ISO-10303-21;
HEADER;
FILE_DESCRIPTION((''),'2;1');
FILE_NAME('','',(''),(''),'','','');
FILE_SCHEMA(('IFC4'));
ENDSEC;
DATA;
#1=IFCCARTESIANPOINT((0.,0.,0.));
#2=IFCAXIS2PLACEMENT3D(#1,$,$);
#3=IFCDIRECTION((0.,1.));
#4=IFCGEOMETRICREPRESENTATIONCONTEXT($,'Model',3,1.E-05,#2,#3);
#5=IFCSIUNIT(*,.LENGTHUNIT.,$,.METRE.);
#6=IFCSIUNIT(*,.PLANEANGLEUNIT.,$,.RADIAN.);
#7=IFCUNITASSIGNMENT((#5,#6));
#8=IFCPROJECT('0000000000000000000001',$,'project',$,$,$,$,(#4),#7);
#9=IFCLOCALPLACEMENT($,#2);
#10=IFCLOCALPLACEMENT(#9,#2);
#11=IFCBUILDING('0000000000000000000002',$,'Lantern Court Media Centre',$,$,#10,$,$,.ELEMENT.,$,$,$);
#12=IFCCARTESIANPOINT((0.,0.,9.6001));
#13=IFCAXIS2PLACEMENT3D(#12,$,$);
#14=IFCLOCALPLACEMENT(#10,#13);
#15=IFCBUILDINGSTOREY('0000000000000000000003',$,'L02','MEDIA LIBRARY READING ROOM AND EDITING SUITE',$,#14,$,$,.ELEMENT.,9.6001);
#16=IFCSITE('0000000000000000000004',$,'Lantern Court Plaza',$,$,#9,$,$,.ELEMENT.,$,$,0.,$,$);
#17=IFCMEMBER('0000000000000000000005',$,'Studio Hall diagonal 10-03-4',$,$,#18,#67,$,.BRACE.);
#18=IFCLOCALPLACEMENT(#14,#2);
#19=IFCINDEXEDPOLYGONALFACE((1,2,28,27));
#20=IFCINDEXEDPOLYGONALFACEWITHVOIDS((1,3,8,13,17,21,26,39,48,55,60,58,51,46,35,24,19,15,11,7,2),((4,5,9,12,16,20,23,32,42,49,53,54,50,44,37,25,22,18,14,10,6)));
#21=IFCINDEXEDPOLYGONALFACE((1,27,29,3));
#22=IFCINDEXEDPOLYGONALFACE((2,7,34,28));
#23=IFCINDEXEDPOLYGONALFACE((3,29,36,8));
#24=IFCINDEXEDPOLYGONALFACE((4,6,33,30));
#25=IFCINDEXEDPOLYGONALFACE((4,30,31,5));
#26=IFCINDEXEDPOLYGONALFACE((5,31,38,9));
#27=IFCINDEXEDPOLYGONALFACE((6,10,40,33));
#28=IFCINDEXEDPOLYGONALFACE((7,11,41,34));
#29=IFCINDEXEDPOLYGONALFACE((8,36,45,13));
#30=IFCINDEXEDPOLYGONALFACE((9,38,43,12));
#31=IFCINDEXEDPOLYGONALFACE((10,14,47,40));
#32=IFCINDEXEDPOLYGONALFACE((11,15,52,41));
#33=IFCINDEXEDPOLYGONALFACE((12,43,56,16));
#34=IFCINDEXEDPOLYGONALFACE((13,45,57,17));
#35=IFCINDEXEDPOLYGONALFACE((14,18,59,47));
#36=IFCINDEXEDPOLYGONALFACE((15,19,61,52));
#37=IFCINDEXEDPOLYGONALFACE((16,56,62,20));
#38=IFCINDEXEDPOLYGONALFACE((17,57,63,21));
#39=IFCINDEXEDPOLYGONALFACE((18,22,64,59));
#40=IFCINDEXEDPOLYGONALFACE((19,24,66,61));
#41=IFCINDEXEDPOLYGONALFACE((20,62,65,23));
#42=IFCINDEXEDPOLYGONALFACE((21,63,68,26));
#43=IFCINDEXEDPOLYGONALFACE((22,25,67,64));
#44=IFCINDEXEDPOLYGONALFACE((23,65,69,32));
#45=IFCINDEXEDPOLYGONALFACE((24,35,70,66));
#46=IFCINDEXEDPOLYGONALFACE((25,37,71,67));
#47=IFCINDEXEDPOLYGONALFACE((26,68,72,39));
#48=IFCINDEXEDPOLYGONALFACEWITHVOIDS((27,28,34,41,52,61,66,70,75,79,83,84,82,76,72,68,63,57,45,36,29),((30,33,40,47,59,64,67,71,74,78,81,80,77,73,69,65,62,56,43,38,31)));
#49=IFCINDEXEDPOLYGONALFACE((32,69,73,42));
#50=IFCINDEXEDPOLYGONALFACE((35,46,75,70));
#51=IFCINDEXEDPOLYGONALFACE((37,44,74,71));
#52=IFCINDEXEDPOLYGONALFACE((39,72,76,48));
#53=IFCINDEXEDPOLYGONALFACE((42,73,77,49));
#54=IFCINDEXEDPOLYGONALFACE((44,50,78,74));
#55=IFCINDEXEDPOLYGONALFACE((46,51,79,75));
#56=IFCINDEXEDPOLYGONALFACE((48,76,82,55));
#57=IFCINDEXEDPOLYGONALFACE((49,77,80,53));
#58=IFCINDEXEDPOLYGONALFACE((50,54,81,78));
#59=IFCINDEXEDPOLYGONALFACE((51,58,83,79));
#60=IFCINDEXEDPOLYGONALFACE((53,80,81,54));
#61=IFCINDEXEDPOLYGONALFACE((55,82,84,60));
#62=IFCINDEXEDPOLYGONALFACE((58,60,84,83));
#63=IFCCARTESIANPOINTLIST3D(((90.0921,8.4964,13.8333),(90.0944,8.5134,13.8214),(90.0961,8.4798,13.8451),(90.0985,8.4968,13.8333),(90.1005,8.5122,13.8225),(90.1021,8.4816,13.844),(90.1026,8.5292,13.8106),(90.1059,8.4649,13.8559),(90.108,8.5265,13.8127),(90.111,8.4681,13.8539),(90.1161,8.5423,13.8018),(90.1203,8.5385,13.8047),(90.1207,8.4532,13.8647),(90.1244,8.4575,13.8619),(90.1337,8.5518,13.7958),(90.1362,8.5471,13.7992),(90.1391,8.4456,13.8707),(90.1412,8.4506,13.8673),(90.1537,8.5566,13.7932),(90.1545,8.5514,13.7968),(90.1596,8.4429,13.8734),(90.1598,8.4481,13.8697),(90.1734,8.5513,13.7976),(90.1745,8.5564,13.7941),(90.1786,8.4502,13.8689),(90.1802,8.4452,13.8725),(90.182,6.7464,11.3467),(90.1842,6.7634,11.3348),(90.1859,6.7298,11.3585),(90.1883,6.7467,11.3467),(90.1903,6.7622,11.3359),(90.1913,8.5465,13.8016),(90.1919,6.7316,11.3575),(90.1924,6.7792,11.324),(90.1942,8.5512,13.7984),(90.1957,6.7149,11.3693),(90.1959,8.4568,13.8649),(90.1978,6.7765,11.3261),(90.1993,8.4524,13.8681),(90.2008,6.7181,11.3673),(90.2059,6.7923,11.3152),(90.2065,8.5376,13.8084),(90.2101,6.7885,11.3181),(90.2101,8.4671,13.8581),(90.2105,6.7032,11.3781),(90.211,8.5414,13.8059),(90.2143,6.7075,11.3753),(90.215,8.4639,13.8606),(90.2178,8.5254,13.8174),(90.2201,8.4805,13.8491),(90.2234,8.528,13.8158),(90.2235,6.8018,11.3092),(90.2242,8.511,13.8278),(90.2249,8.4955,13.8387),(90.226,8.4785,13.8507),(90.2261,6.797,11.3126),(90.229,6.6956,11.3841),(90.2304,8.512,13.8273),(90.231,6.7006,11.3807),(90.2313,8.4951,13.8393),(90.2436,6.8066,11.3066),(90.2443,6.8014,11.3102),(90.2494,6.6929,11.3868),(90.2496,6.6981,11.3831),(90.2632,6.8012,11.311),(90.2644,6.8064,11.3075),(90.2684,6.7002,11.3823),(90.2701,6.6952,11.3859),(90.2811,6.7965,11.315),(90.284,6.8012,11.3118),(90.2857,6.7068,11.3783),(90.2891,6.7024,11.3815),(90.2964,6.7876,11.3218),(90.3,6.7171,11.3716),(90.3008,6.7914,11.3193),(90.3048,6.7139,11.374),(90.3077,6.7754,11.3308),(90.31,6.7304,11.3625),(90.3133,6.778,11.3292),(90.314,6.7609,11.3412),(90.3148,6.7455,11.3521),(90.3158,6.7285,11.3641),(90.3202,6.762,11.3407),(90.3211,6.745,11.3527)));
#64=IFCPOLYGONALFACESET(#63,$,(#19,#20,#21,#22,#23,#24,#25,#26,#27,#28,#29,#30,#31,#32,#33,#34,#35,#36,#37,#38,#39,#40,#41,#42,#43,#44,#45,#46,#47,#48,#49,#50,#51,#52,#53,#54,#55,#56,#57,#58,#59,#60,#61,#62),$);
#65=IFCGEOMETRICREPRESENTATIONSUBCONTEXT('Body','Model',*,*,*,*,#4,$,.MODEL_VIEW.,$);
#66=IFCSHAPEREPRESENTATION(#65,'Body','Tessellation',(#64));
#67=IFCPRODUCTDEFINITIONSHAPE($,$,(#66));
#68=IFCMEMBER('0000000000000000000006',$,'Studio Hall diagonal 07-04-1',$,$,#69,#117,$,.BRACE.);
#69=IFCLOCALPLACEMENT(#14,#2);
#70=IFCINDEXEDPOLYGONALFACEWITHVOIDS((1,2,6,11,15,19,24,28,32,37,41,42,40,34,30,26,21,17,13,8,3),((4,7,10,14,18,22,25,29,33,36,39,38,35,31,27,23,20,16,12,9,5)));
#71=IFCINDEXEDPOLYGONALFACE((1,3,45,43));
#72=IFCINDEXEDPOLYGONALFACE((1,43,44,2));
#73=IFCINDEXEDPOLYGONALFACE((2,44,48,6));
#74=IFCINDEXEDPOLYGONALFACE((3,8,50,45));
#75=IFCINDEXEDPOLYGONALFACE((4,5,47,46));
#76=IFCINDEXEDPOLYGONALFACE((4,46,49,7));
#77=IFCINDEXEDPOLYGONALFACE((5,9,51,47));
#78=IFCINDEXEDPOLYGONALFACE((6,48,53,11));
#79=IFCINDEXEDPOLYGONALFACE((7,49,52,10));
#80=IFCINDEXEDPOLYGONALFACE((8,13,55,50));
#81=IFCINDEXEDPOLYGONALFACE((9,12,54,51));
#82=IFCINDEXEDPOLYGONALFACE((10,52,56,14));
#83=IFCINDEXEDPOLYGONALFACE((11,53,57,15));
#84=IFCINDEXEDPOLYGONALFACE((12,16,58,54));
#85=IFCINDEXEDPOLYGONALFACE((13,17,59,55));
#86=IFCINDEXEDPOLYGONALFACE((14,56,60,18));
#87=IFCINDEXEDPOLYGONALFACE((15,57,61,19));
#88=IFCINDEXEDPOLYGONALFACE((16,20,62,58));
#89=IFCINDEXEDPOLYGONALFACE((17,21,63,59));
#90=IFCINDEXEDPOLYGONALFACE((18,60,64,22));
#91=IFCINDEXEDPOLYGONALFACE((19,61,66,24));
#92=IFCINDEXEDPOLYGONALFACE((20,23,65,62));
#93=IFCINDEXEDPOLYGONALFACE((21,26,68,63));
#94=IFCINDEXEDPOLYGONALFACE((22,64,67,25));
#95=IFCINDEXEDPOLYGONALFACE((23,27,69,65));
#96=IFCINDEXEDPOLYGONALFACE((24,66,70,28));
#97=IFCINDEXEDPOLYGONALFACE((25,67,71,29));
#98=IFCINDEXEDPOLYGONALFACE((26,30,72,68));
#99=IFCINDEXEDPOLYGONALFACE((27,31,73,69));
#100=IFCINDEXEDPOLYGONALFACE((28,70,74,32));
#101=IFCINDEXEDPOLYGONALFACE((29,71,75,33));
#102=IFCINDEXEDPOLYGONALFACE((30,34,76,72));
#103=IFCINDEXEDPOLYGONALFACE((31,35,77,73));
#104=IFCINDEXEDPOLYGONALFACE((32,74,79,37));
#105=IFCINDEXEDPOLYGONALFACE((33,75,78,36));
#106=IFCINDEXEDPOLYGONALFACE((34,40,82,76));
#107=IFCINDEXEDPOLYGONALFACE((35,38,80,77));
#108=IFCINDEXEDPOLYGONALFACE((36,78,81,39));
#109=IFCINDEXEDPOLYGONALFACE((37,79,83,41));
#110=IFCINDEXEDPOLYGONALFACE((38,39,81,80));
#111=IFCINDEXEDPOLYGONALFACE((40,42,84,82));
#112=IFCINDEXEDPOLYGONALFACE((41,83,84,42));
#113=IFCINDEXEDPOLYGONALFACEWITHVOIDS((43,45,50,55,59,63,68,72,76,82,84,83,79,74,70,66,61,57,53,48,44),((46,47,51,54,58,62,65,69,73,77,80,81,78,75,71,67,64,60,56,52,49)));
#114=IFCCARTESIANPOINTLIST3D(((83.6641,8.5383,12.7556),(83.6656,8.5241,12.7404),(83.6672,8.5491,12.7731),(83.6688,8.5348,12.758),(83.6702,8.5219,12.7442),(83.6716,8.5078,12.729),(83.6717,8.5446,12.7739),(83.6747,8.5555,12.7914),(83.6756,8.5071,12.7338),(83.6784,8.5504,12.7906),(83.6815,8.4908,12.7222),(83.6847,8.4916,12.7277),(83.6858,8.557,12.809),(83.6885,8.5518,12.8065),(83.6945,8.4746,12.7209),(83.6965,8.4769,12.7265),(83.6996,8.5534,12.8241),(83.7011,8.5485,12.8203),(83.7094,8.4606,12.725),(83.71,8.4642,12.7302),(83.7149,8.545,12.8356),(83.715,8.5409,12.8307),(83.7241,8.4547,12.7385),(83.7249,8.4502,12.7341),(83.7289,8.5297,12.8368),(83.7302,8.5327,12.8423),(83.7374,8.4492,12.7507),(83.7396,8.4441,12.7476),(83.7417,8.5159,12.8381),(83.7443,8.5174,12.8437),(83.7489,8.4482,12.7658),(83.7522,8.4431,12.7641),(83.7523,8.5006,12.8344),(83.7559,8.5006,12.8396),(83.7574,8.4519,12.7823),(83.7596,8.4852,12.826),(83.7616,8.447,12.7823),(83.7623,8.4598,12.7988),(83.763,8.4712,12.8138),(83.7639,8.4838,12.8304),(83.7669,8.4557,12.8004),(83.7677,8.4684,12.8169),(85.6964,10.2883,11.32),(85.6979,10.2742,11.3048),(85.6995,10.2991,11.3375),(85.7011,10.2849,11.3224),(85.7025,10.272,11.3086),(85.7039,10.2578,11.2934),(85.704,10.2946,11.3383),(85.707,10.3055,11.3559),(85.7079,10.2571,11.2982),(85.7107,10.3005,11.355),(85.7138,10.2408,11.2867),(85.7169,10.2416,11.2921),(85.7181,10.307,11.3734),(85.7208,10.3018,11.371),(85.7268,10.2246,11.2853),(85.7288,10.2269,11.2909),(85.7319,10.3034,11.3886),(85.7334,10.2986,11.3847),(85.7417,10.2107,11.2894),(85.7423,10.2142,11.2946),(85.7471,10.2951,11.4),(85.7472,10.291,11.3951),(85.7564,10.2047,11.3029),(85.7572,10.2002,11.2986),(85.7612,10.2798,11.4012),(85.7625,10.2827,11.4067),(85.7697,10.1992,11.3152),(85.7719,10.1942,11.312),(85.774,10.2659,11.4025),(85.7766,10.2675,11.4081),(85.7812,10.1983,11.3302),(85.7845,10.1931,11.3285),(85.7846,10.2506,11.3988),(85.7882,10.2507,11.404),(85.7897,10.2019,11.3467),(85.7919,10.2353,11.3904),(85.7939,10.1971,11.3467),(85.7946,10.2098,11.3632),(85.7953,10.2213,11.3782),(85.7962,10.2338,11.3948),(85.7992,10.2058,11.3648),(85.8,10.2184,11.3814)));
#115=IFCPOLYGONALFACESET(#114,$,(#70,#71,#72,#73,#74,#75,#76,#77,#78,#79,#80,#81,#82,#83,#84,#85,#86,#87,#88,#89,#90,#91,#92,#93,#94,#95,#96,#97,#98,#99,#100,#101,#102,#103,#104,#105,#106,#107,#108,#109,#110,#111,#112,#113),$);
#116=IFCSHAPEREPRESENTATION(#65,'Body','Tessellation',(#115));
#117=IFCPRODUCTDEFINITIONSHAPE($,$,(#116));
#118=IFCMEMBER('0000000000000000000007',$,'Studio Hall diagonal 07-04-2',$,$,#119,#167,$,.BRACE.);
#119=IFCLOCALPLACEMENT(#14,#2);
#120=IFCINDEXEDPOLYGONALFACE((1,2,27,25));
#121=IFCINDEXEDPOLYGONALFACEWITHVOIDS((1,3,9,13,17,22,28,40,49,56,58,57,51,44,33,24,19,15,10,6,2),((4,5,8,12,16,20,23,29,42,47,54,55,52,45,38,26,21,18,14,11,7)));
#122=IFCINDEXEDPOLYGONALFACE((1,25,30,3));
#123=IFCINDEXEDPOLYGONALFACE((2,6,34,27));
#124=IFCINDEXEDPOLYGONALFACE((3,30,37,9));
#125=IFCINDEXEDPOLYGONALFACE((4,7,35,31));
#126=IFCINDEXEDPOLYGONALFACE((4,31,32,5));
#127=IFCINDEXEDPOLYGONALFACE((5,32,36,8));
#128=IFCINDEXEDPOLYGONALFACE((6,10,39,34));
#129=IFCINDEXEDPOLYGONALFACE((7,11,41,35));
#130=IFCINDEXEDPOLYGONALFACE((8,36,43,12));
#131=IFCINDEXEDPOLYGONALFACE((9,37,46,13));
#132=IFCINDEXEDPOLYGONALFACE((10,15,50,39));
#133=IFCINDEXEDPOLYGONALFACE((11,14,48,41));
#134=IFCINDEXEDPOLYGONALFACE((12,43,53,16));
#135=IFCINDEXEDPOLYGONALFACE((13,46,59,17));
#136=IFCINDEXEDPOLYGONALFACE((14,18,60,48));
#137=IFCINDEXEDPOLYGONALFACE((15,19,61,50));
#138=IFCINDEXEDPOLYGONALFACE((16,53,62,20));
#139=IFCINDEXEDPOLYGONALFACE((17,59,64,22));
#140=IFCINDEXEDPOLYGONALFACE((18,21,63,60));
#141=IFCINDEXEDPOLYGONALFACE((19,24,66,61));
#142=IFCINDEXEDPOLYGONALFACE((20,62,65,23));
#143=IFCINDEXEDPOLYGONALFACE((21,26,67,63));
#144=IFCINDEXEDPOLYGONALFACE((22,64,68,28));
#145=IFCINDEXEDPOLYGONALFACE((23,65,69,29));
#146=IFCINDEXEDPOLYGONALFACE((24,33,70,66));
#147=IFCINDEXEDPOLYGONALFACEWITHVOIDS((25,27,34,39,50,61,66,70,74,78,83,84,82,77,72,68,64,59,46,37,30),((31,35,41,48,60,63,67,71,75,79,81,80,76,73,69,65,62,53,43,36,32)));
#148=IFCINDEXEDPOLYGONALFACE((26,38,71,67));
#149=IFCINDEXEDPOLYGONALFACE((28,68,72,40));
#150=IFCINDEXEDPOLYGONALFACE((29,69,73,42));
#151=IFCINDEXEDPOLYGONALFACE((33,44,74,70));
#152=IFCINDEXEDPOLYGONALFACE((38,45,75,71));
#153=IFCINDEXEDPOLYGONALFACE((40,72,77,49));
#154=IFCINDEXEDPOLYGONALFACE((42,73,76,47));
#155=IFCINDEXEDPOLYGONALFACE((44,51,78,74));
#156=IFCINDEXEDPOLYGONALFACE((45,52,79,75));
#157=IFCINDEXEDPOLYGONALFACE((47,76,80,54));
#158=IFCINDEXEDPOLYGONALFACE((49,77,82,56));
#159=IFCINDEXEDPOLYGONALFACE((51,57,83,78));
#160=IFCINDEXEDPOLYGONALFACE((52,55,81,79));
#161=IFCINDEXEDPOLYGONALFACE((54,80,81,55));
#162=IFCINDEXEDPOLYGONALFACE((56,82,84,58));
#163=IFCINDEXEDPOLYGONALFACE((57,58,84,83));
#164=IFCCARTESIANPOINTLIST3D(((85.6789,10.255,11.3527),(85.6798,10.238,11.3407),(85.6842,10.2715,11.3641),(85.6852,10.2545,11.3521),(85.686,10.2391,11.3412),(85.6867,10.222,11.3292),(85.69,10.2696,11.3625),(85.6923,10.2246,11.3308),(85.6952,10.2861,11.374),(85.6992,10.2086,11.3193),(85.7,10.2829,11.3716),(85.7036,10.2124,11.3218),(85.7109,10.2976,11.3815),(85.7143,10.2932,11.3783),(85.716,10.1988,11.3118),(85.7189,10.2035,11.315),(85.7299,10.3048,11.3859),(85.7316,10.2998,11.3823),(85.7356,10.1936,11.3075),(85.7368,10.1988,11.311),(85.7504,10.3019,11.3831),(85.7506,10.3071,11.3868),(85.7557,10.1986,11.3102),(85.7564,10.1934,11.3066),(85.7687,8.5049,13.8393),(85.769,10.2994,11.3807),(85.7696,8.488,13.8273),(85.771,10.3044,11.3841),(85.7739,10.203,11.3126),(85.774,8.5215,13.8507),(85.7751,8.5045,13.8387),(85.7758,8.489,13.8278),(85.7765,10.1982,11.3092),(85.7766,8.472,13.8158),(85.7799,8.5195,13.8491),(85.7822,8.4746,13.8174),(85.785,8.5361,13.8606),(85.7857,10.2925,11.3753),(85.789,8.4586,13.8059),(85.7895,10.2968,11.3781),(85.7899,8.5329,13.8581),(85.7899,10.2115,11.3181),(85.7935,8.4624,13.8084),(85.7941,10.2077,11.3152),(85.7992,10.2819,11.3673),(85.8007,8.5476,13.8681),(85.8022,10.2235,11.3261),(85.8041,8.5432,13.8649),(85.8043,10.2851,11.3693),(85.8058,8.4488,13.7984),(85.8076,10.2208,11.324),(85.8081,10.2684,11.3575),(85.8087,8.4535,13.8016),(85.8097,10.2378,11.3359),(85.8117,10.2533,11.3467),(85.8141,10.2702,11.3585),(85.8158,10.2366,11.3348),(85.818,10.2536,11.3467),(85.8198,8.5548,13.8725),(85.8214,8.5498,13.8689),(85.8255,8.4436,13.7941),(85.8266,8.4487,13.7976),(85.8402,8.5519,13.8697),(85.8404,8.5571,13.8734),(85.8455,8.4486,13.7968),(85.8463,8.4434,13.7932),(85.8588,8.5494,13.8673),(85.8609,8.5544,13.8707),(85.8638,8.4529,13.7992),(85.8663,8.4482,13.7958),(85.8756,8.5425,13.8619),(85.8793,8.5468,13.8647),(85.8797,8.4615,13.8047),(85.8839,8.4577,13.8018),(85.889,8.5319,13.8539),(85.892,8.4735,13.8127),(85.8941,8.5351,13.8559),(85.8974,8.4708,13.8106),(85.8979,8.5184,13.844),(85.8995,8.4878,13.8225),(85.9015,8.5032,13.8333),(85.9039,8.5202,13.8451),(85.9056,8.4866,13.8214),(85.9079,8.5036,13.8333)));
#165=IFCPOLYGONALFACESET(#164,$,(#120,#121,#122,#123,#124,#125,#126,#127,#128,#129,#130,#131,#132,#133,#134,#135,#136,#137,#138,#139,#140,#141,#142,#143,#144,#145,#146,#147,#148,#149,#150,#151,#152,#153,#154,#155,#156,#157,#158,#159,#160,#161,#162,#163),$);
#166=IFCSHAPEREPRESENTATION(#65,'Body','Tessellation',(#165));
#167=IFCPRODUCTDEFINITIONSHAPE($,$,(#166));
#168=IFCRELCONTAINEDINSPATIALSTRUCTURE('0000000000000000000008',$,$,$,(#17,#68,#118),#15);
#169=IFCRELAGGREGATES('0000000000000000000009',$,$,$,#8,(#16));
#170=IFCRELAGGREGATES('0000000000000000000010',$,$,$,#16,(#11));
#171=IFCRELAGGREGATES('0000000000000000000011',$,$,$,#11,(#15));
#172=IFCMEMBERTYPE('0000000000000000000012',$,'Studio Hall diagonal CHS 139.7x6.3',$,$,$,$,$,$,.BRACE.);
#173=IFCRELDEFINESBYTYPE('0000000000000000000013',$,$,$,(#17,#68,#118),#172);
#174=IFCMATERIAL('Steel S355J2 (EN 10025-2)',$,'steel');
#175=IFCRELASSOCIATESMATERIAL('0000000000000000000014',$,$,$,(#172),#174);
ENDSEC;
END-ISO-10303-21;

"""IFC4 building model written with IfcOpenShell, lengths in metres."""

from ifc_helpers import new_model, si_unit, direction, frame, origin, origin_2d, place, context, subcontext, project, spatial, hollow_circle, extrude, material, material_profile, profile_set, type_object, element, save


model = new_model("IFC4")

# Units and contexts
model_context = context("Model", 3, precision=1e-05, world=origin(), true_north=direction((0.0, 1.0)))
body_context = subcontext(model_context, "Body", "Model", "MODEL_VIEW")
ifc_project = project(units=[si_unit("LENGTHUNIT", "METRE"), si_unit("PLANEANGLEUNIT", "RADIAN")], contexts=[model_context])

# Site, building, storey
site_placement = place(None, origin())
site = spatial("IfcSite", under=ifc_project, at=site_placement, Name="Lantern Court Plaza", CompositionType="ELEMENT", RefElevation=0.0)
building_placement = place(site_placement, origin())
building = spatial("IfcBuilding", under=site, at=building_placement, Name="Lantern Court Media Centre", CompositionType="ELEMENT")
storey_placement = place(building_placement, frame((0.0, 0.0, 9.6001)))
storey = spatial("IfcBuildingStorey", under=building, at=storey_placement, Name="L02", Description="MEDIA LIBRARY READING ROOM AND EDITING SUITE", CompositionType="ELEMENT", Elevation=9.6001)

# Members
ifc_material = material(Name="Steel S355J2 (EN 10025-2)", Category="steel")
ifc_material_profile_1 = material_profile(ifc_material, hollow_circle(Radius=0.0698, WallThickness=0.0063, at=origin_2d()), Name="Studio Hall diagonal CHS 139.7x6.3")
ifc_profile_set_1 = profile_set([ifc_material_profile_1], Name="Steel S355J2 (EN 10025-2)")
member_type_1 = type_object("IfcMemberType", Name="Studio Hall diagonal CHS 139.7x6.3", PredefinedType="BRACE", material=ifc_profile_set_1)
for number, where, z_axis, x_axis, name in (
    (1, (90.2517, 6.75, 11.3467), (-0.029535, 0.575284, 0.81742), (-0.998685, -0.051272, 0.0), "Studio Hall diagonal 10-03-4"),
    (2, (85.7483, 10.25, 11.3467), (-0.668075, -0.575296, 0.471922), (0.652529, -0.757764, 0.0), "Studio Hall diagonal 07-04-1"),
    (3, (85.7483, 10.25, 11.3467), (0.029535, -0.575284, 0.81742), (0.998685, 0.051272, 0.0), "Studio Hall diagonal 07-04-2"),
):
    element("IfcMember", number, at=place(storey_placement, frame(where, z_axis=z_axis, x_axis=x_axis)), inside=storey, type_object=member_type_1, Name=name, PredefinedType="BRACE", context=body_context, shape_type="SweptSolid", body=[
        extrude(hollow_circle(Radius=0.0698, WallThickness=0.0063, at=origin_2d()), origin(), (0.0, 0.0, 1.0), 3.042),
    ])

save(model, "model.ifc")
